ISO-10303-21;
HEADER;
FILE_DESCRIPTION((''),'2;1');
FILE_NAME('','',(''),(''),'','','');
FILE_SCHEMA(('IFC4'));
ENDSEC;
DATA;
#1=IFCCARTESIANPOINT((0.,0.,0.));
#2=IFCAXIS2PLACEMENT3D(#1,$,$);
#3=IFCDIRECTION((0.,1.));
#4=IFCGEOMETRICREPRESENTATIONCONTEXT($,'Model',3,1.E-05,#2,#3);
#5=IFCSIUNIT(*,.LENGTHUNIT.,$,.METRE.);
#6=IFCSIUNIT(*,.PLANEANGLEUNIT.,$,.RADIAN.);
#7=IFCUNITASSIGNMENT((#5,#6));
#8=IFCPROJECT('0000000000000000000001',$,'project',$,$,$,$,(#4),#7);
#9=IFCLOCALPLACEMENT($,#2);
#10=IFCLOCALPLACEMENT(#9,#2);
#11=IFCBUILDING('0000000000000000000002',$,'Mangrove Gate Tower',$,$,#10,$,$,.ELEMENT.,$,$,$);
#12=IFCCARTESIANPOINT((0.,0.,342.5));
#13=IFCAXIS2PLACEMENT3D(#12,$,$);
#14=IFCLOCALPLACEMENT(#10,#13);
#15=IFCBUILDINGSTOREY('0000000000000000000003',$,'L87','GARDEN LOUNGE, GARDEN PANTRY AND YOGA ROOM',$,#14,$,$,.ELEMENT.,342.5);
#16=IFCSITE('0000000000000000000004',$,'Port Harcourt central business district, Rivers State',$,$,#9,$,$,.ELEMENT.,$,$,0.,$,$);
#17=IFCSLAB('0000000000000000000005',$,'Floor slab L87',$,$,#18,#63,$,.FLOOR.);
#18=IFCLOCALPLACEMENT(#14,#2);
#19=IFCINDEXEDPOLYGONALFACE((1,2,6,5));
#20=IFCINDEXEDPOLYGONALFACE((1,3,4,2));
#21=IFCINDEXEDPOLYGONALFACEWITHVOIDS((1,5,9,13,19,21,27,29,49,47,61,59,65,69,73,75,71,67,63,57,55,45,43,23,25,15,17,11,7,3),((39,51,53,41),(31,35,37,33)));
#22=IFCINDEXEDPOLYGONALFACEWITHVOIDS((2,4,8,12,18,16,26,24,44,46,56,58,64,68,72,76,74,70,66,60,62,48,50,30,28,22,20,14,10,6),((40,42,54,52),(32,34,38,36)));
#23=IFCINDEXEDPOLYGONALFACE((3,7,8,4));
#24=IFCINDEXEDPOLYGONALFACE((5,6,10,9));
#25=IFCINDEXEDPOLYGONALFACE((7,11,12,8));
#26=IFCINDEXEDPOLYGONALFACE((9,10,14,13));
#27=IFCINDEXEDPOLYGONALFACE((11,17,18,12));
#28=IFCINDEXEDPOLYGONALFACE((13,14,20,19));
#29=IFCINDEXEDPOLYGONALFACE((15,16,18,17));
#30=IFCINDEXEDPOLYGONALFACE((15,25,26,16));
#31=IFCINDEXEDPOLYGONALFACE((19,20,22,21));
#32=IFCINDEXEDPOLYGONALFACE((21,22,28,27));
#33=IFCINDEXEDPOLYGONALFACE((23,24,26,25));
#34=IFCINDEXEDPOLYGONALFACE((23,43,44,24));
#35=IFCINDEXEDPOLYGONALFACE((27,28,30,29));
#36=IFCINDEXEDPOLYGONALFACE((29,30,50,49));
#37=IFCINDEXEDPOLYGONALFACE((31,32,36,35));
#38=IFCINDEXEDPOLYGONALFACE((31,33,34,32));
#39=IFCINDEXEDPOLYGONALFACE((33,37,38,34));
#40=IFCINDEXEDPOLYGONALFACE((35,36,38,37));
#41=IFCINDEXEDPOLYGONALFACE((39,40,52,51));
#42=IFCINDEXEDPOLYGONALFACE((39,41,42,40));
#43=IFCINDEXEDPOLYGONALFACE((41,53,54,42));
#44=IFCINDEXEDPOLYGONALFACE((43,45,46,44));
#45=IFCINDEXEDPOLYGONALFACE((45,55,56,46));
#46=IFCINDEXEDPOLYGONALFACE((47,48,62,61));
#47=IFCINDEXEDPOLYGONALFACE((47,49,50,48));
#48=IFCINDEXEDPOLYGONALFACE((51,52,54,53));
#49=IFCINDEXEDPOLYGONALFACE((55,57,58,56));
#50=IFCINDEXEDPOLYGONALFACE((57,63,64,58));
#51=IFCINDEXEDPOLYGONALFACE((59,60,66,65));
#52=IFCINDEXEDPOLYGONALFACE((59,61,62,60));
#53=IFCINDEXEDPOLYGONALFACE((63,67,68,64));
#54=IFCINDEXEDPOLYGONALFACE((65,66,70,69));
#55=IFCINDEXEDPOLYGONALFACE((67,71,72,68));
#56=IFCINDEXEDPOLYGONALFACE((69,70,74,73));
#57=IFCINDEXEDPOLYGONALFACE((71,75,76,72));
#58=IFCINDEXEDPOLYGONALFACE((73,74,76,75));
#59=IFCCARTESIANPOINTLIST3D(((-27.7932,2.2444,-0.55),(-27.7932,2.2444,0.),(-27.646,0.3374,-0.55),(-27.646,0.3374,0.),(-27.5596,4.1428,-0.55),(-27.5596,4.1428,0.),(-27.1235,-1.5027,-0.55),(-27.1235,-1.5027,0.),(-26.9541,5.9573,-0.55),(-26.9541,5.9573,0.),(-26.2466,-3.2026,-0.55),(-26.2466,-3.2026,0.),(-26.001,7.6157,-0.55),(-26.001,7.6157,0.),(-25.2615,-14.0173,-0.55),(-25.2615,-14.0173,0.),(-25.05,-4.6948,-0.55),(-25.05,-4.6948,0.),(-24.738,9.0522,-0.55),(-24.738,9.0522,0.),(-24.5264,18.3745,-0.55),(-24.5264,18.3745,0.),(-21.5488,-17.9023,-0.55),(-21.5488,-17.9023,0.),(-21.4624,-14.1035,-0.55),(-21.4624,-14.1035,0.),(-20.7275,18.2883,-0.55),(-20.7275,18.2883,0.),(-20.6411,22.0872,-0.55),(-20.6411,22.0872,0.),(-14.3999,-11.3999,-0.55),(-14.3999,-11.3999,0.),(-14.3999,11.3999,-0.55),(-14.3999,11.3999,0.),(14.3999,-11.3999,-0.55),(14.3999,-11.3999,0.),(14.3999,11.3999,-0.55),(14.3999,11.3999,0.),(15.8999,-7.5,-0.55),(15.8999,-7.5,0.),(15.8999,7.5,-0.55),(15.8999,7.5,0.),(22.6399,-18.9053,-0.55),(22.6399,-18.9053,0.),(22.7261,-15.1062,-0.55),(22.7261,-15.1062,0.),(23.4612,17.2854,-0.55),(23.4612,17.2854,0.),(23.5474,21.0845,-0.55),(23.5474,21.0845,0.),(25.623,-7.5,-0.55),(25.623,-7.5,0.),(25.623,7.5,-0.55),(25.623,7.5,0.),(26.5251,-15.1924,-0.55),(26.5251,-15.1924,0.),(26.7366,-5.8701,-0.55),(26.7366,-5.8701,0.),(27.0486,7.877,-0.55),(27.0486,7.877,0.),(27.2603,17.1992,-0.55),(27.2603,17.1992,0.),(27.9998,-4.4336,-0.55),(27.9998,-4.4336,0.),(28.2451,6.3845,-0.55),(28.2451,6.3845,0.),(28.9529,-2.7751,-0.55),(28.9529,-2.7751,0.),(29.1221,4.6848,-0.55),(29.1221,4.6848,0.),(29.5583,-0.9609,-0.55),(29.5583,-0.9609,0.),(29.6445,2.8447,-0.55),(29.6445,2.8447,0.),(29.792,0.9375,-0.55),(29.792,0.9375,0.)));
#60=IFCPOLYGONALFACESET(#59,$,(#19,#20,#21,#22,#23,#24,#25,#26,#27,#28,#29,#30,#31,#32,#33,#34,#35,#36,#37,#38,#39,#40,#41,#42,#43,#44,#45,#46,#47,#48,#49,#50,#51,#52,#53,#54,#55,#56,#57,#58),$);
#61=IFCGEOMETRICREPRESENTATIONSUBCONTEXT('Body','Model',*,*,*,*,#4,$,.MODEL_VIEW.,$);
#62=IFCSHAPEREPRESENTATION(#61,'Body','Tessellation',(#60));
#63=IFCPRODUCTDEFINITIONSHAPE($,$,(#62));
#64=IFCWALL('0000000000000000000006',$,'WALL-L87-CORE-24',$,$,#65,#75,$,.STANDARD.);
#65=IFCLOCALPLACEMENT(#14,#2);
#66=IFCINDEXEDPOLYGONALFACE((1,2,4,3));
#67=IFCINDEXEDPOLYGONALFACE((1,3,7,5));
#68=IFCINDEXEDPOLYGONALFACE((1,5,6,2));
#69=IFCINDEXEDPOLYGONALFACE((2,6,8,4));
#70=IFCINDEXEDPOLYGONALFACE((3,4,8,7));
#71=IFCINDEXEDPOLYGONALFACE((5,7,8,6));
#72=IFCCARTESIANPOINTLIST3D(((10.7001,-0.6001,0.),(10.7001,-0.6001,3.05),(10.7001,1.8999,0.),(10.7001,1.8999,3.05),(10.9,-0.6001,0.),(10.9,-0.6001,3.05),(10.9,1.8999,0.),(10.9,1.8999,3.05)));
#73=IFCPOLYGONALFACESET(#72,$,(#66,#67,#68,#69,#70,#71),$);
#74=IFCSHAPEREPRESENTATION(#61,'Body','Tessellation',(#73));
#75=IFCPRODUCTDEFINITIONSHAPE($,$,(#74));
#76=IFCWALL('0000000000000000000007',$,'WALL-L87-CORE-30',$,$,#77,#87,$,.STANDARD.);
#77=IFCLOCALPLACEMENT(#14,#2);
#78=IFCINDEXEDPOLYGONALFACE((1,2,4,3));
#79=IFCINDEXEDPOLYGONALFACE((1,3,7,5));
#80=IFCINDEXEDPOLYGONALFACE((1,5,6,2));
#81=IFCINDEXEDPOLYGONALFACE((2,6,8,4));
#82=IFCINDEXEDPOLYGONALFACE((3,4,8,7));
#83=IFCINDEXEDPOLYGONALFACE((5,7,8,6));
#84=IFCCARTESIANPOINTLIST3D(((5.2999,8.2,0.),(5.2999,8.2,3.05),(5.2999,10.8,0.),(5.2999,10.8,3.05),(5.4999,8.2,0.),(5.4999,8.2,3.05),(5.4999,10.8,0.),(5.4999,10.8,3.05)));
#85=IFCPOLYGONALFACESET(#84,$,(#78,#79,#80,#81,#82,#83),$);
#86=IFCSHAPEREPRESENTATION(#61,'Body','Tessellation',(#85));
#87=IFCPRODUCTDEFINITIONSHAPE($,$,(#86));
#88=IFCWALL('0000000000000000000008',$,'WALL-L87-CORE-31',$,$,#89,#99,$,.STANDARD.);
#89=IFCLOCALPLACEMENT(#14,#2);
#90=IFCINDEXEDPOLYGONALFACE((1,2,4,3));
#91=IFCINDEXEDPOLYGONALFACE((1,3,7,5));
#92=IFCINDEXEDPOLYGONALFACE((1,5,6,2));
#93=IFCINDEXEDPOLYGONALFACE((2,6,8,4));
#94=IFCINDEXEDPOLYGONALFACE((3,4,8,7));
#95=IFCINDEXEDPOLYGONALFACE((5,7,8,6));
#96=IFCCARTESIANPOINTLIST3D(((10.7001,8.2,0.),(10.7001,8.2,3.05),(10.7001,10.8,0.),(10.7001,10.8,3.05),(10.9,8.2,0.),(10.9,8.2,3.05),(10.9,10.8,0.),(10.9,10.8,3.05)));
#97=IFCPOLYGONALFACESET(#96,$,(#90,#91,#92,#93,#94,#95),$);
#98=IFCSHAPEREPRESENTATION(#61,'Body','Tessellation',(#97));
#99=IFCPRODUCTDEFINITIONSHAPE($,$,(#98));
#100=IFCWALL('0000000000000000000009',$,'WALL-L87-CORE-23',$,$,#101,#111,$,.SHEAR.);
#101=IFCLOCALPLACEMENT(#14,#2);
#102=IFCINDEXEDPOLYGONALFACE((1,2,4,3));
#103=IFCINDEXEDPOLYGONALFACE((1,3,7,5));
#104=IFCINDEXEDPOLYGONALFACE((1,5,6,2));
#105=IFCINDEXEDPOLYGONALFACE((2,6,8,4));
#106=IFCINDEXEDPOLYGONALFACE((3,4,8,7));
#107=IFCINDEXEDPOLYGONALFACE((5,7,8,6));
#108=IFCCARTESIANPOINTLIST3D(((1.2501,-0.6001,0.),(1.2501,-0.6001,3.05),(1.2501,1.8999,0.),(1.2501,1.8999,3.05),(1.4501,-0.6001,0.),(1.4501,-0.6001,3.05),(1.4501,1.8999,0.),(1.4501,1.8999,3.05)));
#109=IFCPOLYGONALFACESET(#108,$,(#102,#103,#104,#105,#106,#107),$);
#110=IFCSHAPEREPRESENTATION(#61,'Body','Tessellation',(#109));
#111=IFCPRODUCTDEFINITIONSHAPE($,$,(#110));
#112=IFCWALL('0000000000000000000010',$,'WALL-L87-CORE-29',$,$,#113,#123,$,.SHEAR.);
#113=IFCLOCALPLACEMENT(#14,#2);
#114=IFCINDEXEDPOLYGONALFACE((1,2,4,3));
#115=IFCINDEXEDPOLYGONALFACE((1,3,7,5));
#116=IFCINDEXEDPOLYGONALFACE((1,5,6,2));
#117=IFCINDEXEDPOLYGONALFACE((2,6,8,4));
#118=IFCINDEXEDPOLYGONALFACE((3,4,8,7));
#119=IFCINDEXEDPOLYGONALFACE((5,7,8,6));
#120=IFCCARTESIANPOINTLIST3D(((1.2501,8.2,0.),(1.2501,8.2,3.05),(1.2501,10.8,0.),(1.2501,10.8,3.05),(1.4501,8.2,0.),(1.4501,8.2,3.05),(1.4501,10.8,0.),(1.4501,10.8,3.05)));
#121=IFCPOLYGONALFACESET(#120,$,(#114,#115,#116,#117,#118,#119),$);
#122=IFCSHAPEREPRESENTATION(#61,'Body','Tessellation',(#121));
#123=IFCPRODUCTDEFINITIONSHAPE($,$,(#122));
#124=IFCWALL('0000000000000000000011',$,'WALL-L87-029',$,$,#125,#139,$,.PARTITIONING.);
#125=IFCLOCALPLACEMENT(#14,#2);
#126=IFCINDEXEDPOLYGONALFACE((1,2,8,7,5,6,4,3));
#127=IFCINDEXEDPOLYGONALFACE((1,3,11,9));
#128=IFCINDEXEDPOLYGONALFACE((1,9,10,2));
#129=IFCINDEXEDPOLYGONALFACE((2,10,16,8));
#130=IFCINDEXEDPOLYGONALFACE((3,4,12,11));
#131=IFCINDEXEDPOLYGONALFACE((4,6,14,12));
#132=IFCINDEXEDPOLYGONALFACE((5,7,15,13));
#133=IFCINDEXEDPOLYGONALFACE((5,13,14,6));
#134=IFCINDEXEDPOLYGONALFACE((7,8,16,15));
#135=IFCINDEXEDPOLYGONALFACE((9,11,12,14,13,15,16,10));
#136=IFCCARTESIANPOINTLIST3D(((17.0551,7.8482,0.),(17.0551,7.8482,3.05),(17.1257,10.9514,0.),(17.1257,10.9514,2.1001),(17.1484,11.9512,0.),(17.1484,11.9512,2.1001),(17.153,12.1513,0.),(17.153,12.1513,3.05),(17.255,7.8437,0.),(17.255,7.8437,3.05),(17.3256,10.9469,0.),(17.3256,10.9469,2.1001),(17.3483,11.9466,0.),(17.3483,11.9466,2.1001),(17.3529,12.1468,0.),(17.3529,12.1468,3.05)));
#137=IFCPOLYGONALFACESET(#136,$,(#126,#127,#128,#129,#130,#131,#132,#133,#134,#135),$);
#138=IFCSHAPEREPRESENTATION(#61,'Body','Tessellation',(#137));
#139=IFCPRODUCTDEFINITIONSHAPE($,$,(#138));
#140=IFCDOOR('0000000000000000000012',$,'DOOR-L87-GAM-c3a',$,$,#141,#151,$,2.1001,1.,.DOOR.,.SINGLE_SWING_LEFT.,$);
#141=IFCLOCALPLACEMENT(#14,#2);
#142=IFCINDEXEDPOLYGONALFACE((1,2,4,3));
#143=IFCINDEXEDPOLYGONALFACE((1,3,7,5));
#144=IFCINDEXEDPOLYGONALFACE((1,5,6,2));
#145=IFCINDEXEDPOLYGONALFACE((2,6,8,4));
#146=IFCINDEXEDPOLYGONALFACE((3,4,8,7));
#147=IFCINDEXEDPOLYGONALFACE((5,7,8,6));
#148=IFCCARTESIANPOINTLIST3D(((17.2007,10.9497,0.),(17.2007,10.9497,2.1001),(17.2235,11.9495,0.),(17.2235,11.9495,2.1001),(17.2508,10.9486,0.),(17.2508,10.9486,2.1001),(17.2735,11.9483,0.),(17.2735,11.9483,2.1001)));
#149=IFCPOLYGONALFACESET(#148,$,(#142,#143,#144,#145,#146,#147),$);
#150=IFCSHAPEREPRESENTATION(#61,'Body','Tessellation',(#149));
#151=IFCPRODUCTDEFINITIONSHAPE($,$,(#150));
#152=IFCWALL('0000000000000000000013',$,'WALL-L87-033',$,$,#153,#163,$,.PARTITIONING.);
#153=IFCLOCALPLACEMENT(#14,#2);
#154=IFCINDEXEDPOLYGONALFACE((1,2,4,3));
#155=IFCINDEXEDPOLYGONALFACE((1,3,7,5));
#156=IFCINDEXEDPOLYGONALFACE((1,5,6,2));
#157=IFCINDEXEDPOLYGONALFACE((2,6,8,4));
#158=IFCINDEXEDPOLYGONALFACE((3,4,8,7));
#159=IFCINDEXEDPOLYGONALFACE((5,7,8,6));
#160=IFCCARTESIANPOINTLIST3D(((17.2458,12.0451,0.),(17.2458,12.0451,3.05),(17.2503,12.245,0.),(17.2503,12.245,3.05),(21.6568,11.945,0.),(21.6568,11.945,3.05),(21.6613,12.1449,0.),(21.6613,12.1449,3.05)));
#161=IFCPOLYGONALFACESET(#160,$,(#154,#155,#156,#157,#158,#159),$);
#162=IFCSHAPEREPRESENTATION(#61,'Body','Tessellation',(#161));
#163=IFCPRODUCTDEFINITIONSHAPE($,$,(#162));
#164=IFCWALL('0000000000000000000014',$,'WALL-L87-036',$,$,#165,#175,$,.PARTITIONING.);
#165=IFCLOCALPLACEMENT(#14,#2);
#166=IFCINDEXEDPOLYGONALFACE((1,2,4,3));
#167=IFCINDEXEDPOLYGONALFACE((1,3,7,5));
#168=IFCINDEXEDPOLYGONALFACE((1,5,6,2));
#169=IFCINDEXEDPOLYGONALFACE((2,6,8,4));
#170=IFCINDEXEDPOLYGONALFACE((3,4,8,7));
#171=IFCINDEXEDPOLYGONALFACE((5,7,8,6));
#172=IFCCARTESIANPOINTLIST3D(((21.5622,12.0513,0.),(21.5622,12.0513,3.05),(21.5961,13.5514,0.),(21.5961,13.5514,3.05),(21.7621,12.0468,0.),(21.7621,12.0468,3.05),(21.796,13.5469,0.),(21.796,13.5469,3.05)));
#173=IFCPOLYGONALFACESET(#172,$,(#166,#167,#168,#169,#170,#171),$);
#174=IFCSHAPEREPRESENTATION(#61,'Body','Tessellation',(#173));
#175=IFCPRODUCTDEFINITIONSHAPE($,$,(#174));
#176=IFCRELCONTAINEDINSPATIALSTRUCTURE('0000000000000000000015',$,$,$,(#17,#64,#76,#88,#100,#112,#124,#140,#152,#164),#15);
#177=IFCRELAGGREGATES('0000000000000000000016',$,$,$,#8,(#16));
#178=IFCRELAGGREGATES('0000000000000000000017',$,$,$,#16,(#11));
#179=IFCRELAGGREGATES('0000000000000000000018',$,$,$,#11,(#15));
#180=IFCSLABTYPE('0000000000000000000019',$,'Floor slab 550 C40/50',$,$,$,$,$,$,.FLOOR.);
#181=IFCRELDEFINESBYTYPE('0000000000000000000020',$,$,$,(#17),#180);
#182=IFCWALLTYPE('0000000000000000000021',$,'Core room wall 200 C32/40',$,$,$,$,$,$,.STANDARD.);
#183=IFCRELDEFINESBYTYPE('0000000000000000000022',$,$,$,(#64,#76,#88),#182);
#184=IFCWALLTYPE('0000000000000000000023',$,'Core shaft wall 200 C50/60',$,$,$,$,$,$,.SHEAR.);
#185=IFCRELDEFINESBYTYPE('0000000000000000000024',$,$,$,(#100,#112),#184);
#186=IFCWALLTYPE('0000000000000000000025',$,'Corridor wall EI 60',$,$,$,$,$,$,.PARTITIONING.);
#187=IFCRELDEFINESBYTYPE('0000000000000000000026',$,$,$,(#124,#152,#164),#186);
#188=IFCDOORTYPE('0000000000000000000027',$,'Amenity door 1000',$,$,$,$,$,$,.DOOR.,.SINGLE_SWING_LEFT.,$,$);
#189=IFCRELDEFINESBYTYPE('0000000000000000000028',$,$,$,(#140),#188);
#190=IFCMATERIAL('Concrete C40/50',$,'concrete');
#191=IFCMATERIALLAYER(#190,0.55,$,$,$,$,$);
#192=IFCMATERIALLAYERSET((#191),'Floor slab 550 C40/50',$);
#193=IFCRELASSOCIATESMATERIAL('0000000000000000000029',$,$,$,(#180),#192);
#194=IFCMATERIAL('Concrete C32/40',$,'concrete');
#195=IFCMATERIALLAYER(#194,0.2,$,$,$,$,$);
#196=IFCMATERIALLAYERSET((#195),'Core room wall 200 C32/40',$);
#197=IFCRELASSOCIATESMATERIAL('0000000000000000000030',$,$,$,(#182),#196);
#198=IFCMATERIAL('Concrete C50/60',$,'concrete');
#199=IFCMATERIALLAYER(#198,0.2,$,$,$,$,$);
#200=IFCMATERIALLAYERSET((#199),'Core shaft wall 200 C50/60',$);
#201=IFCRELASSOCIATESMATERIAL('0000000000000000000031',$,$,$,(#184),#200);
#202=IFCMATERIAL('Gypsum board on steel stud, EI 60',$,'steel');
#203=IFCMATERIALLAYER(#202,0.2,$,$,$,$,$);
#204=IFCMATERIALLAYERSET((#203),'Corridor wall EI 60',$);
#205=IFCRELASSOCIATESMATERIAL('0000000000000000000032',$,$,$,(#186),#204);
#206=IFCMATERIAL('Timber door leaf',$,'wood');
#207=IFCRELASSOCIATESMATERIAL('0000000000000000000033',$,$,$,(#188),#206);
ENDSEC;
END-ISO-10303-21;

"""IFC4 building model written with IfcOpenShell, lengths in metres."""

from ifc_helpers import new_model, si_unit, direction, frame, frame_2d, origin, place, context, subcontext, project, spatial, polyline, rectangle, outline, extrude, material, layer, layer_set, type_object, element, fill, save


model = new_model("IFC4")

# Units and contexts
model_context = context("Model", 3, precision=1e-05, world=origin(), true_north=direction((0.0, 1.0)))
body_context = subcontext(model_context, "Body", "Model", "MODEL_VIEW")
ifc_project = project(units=[si_unit("LENGTHUNIT", "METRE"), si_unit("PLANEANGLEUNIT", "RADIAN")], contexts=[model_context])

# Site, building, storey
site_placement = place(None, origin())
site = spatial("IfcSite", under=ifc_project, at=site_placement, Name="Port Harcourt central business district, Rivers State", CompositionType="ELEMENT", RefElevation=0.0)
building_placement = place(site_placement, origin())
building = spatial("IfcBuilding", under=site, at=building_placement, Name="Mangrove Gate Tower", CompositionType="ELEMENT")
storey_placement = place(building_placement, frame((0.0, 0.0, 342.5)))
storey = spatial("IfcBuildingStorey", under=building, at=storey_placement, Name="L87", Description="GARDEN LOUNGE, GARDEN PANTRY AND YOGA ROOM", CompositionType="ELEMENT", Elevation=342.5)

# Slab
ifc_material_1 = material(Name="Concrete C40/50", Category="concrete")
ifc_layer_1 = layer(ifc_material_1, 0.55)
ifc_layer_set_1 = layer_set([ifc_layer_1], Name="Floor slab 550 C40/50")
slab_type_1 = type_object("IfcSlabType", Name="Floor slab 550 C40/50", PredefinedType="FLOOR", material=ifc_layer_set_1)
slab_1_placement = place(storey_placement, frame((0.0, 0.0, -0.55)))
element("IfcSlab", 1, at=slab_1_placement, inside=storey, type_object=slab_type_1, Name="Floor slab L87", PredefinedType="FLOOR", context=body_context, shape_type="SweptSolid", body=[
    extrude(outline(polyline([(-21.5488, -17.9023), (22.6399, -18.9053), (22.7261, -15.1062), (26.5251, -15.1924), (26.7366, -5.8701), (27.9998, -4.4336), (28.9529, -2.7751), (29.5583, -0.9609), (29.792, 0.9375), (29.6445, 2.8447), (29.1221, 4.6848), (28.2451, 6.3845), (27.0486, 7.877), (27.2603, 17.1992), (23.4612, 17.2854), (23.5474, 21.0845), (-20.6411, 22.0872), (-20.7275, 18.2883), (-24.5264, 18.3745), (-24.738, 9.0522), (-26.001, 7.6157), (-26.9541, 5.9573), (-27.5596, 4.1428), (-27.7932, 2.2444), (-27.646, 0.3374), (-27.1235, -1.5027), (-26.2466, -3.2026), (-25.05, -4.6948), (-25.2615, -14.0173), (-21.4624, -14.1035), (-21.5488, -17.9023)]), holes=[polyline([(15.8999, 7.5), (25.623, 7.5), (25.623, -7.5), (15.8999, -7.5), (15.8999, 7.5)]), polyline([(-14.3999, -11.3999), (-14.3999, 11.3999), (14.3999, 11.3999), (14.3999, -11.3999), (-14.3999, -11.3999)])]), origin(), (0.0, 0.0, 1.0), 0.55),
])

# Walls
ifc_material_2 = material(Name="Concrete C32/40", Category="concrete")
ifc_layer_2 = layer(ifc_material_2, 0.2)
ifc_layer_set_2 = layer_set([ifc_layer_2], Name="Core room wall 200 C32/40")
wall_type_1 = type_object("IfcWallType", Name="Core room wall 200 C32/40", PredefinedType="STANDARD", material=ifc_layer_set_2)
wall_1_placement = place(storey_placement, frame((10.8, -0.6001, 0.0), z_axis=(0.0, 0.0, 1.0), x_axis=(0.0, 1.0, 0.0)))
element("IfcWall", 2, at=wall_1_placement, inside=storey, type_object=wall_type_1, Name="WALL-L87-CORE-24", PredefinedType="STANDARD", context=body_context, shape_type="SweptSolid", body=[
    extrude(rectangle(XDim=2.5, YDim=0.2, at=frame_2d((1.25, 0.0))), origin(), (0.0, 0.0, 1.0), 3.05),
])
for number, where, z_axis, x_axis, name in (
    (3, (5.3999, 8.2, 0.0), (0.0, 0.0, 1.0), (0.0, 1.0, 0.0), "WALL-L87-CORE-30"),
    (4, (10.8, 8.2, 0.0), (0.0, 0.0, 1.0), (0.0, 1.0, 0.0), "WALL-L87-CORE-31"),
):
    element("IfcWall", number, at=place(storey_placement, frame(where, z_axis=z_axis, x_axis=x_axis)), inside=storey, type_object=wall_type_1, Name=name, PredefinedType="STANDARD", context=body_context, shape_type="SweptSolid", body=[
        extrude(rectangle(XDim=2.6001, YDim=0.2, at=frame_2d((1.3, 0.0))), origin(), (0.0, 0.0, 1.0), 3.05),
    ])
ifc_material_3 = material(Name="Concrete C50/60", Category="concrete")
ifc_layer_3 = layer(ifc_material_3, 0.2)
ifc_layer_set_3 = layer_set([ifc_layer_3], Name="Core shaft wall 200 C50/60")
wall_type_2 = type_object("IfcWallType", Name="Core shaft wall 200 C50/60", PredefinedType="SHEAR", material=ifc_layer_set_3)
wall_2_placement = place(storey_placement, frame((1.3501, -0.6001, 0.0), z_axis=(0.0, 0.0, 1.0), x_axis=(0.0, 1.0, 0.0)))
element("IfcWall", 5, at=wall_2_placement, inside=storey, type_object=wall_type_2, Name="WALL-L87-CORE-23", PredefinedType="SHEAR", context=body_context, shape_type="SweptSolid", body=[
    extrude(rectangle(XDim=2.5, YDim=0.2, at=frame_2d((1.25, 0.0))), origin(), (0.0, 0.0, 1.0), 3.05),
])
wall_3_placement = place(storey_placement, frame((1.3501, 8.2, 0.0), z_axis=(0.0, 0.0, 1.0), x_axis=(0.0, 1.0, 0.0)))
element("IfcWall", 6, at=wall_3_placement, inside=storey, type_object=wall_type_2, Name="WALL-L87-CORE-29", PredefinedType="SHEAR", context=body_context, shape_type="SweptSolid", body=[
    extrude(rectangle(XDim=2.6001, YDim=0.2, at=frame_2d((1.3, 0.0))), origin(), (0.0, 0.0, 1.0), 3.05),
])

# Wall, opening, door
ifc_material_4 = material(Name="Gypsum board on steel stud, EI 60", Category="steel")
ifc_layer_4 = layer(ifc_material_4, 0.2)
ifc_layer_set_4 = layer_set([ifc_layer_4], Name="Corridor wall EI 60")
wall_type_3 = type_object("IfcWallType", Name="Corridor wall EI 60", PredefinedType="PARTITIONING", material=ifc_layer_set_4)
wall_4_placement = place(storey_placement, frame((17.155, 7.8459, 0.0), z_axis=(0.0, 0.0, 1.0), x_axis=(0.022746, 0.999741, 0.0)))
wall_4 = element("IfcWall", 7, at=wall_4_placement, inside=storey, type_object=wall_type_3, Name="WALL-L87-029", PredefinedType="PARTITIONING", context=body_context, shape_type="SweptSolid", body=[
    extrude(rectangle(XDim=4.3042, YDim=0.2, at=frame_2d((2.1521, 0.0))), origin(), (0.0, 0.0, 1.0), 3.05),
])
opening_placement = place(wall_4_placement, frame((3.104, 0.0, 0.0)))
opening = element("IfcOpeningElement", 8, at=opening_placement, cuts=wall_4, PredefinedType="OPENING", context=body_context, shape_type="SweptSolid", body=[
    extrude(rectangle(XDim=1.0, YDim=2.1001, at=frame_2d((0.5, 1.05))), frame((0.0, 0.1099, 0.0), z_axis=(0.0, -1.0, 0.0), x_axis=(1.0, 0.0, 0.0)), (0.0, 0.0, 1.0), 0.22),
])
ifc_material_5 = material(Name="Timber door leaf", Category="wood")
door_type = type_object("IfcDoorType", Name="Amenity door 1000", OperationType="SINGLE_SWING_LEFT", PredefinedType="DOOR", material=ifc_material_5)
door_placement = place(opening_placement, origin())
door = element("IfcDoor", 9, at=door_placement, inside=storey, type_object=door_type, Name="DOOR-L87-GAM-c3a", OperationType="SINGLE_SWING_LEFT", OverallHeight=2.1001, OverallWidth=1.0, PredefinedType="DOOR", context=body_context, shape_type="SweptSolid", body=[
    extrude(rectangle(XDim=1.0, YDim=2.1001, at=frame_2d((0.5, 1.05))), frame((0.0, 0.0249, 0.0), z_axis=(0.0, -1.0, 0.0), x_axis=(1.0, 0.0, 0.0)), (0.0, 0.0, 1.0), 0.05),
])
fill(opening, door)

# Walls
wall_5_placement = place(storey_placement, frame((17.248, 12.145, 0.0), z_axis=(0.0, 0.0, 1.0), x_axis=(0.999743, -0.022687, 0.0)))
element("IfcWall", 10, at=wall_5_placement, inside=storey, type_object=wall_type_3, Name="WALL-L87-033", PredefinedType="PARTITIONING", context=body_context, shape_type="SweptSolid", body=[
    extrude(rectangle(XDim=4.4121, YDim=0.2, at=frame_2d((2.2061, 0.0))), origin(), (0.0, 0.0, 1.0), 3.05),
])
wall_6_placement = place(storey_placement, frame((21.6621, 12.0491, 0.0), z_axis=(0.0, 0.0, 1.0), x_axis=(0.022618, 0.999744, 0.0)))
element("IfcWall", 11, at=wall_6_placement, inside=storey, type_object=wall_type_3, Name="WALL-L87-036", PredefinedType="PARTITIONING", context=body_context, shape_type="SweptSolid", body=[
    extrude(rectangle(XDim=1.5005, YDim=0.2, at=frame_2d((0.7502, 0.0))), origin(), (0.0, 0.0, 1.0), 3.05),
])

save(model, "model.ifc")
